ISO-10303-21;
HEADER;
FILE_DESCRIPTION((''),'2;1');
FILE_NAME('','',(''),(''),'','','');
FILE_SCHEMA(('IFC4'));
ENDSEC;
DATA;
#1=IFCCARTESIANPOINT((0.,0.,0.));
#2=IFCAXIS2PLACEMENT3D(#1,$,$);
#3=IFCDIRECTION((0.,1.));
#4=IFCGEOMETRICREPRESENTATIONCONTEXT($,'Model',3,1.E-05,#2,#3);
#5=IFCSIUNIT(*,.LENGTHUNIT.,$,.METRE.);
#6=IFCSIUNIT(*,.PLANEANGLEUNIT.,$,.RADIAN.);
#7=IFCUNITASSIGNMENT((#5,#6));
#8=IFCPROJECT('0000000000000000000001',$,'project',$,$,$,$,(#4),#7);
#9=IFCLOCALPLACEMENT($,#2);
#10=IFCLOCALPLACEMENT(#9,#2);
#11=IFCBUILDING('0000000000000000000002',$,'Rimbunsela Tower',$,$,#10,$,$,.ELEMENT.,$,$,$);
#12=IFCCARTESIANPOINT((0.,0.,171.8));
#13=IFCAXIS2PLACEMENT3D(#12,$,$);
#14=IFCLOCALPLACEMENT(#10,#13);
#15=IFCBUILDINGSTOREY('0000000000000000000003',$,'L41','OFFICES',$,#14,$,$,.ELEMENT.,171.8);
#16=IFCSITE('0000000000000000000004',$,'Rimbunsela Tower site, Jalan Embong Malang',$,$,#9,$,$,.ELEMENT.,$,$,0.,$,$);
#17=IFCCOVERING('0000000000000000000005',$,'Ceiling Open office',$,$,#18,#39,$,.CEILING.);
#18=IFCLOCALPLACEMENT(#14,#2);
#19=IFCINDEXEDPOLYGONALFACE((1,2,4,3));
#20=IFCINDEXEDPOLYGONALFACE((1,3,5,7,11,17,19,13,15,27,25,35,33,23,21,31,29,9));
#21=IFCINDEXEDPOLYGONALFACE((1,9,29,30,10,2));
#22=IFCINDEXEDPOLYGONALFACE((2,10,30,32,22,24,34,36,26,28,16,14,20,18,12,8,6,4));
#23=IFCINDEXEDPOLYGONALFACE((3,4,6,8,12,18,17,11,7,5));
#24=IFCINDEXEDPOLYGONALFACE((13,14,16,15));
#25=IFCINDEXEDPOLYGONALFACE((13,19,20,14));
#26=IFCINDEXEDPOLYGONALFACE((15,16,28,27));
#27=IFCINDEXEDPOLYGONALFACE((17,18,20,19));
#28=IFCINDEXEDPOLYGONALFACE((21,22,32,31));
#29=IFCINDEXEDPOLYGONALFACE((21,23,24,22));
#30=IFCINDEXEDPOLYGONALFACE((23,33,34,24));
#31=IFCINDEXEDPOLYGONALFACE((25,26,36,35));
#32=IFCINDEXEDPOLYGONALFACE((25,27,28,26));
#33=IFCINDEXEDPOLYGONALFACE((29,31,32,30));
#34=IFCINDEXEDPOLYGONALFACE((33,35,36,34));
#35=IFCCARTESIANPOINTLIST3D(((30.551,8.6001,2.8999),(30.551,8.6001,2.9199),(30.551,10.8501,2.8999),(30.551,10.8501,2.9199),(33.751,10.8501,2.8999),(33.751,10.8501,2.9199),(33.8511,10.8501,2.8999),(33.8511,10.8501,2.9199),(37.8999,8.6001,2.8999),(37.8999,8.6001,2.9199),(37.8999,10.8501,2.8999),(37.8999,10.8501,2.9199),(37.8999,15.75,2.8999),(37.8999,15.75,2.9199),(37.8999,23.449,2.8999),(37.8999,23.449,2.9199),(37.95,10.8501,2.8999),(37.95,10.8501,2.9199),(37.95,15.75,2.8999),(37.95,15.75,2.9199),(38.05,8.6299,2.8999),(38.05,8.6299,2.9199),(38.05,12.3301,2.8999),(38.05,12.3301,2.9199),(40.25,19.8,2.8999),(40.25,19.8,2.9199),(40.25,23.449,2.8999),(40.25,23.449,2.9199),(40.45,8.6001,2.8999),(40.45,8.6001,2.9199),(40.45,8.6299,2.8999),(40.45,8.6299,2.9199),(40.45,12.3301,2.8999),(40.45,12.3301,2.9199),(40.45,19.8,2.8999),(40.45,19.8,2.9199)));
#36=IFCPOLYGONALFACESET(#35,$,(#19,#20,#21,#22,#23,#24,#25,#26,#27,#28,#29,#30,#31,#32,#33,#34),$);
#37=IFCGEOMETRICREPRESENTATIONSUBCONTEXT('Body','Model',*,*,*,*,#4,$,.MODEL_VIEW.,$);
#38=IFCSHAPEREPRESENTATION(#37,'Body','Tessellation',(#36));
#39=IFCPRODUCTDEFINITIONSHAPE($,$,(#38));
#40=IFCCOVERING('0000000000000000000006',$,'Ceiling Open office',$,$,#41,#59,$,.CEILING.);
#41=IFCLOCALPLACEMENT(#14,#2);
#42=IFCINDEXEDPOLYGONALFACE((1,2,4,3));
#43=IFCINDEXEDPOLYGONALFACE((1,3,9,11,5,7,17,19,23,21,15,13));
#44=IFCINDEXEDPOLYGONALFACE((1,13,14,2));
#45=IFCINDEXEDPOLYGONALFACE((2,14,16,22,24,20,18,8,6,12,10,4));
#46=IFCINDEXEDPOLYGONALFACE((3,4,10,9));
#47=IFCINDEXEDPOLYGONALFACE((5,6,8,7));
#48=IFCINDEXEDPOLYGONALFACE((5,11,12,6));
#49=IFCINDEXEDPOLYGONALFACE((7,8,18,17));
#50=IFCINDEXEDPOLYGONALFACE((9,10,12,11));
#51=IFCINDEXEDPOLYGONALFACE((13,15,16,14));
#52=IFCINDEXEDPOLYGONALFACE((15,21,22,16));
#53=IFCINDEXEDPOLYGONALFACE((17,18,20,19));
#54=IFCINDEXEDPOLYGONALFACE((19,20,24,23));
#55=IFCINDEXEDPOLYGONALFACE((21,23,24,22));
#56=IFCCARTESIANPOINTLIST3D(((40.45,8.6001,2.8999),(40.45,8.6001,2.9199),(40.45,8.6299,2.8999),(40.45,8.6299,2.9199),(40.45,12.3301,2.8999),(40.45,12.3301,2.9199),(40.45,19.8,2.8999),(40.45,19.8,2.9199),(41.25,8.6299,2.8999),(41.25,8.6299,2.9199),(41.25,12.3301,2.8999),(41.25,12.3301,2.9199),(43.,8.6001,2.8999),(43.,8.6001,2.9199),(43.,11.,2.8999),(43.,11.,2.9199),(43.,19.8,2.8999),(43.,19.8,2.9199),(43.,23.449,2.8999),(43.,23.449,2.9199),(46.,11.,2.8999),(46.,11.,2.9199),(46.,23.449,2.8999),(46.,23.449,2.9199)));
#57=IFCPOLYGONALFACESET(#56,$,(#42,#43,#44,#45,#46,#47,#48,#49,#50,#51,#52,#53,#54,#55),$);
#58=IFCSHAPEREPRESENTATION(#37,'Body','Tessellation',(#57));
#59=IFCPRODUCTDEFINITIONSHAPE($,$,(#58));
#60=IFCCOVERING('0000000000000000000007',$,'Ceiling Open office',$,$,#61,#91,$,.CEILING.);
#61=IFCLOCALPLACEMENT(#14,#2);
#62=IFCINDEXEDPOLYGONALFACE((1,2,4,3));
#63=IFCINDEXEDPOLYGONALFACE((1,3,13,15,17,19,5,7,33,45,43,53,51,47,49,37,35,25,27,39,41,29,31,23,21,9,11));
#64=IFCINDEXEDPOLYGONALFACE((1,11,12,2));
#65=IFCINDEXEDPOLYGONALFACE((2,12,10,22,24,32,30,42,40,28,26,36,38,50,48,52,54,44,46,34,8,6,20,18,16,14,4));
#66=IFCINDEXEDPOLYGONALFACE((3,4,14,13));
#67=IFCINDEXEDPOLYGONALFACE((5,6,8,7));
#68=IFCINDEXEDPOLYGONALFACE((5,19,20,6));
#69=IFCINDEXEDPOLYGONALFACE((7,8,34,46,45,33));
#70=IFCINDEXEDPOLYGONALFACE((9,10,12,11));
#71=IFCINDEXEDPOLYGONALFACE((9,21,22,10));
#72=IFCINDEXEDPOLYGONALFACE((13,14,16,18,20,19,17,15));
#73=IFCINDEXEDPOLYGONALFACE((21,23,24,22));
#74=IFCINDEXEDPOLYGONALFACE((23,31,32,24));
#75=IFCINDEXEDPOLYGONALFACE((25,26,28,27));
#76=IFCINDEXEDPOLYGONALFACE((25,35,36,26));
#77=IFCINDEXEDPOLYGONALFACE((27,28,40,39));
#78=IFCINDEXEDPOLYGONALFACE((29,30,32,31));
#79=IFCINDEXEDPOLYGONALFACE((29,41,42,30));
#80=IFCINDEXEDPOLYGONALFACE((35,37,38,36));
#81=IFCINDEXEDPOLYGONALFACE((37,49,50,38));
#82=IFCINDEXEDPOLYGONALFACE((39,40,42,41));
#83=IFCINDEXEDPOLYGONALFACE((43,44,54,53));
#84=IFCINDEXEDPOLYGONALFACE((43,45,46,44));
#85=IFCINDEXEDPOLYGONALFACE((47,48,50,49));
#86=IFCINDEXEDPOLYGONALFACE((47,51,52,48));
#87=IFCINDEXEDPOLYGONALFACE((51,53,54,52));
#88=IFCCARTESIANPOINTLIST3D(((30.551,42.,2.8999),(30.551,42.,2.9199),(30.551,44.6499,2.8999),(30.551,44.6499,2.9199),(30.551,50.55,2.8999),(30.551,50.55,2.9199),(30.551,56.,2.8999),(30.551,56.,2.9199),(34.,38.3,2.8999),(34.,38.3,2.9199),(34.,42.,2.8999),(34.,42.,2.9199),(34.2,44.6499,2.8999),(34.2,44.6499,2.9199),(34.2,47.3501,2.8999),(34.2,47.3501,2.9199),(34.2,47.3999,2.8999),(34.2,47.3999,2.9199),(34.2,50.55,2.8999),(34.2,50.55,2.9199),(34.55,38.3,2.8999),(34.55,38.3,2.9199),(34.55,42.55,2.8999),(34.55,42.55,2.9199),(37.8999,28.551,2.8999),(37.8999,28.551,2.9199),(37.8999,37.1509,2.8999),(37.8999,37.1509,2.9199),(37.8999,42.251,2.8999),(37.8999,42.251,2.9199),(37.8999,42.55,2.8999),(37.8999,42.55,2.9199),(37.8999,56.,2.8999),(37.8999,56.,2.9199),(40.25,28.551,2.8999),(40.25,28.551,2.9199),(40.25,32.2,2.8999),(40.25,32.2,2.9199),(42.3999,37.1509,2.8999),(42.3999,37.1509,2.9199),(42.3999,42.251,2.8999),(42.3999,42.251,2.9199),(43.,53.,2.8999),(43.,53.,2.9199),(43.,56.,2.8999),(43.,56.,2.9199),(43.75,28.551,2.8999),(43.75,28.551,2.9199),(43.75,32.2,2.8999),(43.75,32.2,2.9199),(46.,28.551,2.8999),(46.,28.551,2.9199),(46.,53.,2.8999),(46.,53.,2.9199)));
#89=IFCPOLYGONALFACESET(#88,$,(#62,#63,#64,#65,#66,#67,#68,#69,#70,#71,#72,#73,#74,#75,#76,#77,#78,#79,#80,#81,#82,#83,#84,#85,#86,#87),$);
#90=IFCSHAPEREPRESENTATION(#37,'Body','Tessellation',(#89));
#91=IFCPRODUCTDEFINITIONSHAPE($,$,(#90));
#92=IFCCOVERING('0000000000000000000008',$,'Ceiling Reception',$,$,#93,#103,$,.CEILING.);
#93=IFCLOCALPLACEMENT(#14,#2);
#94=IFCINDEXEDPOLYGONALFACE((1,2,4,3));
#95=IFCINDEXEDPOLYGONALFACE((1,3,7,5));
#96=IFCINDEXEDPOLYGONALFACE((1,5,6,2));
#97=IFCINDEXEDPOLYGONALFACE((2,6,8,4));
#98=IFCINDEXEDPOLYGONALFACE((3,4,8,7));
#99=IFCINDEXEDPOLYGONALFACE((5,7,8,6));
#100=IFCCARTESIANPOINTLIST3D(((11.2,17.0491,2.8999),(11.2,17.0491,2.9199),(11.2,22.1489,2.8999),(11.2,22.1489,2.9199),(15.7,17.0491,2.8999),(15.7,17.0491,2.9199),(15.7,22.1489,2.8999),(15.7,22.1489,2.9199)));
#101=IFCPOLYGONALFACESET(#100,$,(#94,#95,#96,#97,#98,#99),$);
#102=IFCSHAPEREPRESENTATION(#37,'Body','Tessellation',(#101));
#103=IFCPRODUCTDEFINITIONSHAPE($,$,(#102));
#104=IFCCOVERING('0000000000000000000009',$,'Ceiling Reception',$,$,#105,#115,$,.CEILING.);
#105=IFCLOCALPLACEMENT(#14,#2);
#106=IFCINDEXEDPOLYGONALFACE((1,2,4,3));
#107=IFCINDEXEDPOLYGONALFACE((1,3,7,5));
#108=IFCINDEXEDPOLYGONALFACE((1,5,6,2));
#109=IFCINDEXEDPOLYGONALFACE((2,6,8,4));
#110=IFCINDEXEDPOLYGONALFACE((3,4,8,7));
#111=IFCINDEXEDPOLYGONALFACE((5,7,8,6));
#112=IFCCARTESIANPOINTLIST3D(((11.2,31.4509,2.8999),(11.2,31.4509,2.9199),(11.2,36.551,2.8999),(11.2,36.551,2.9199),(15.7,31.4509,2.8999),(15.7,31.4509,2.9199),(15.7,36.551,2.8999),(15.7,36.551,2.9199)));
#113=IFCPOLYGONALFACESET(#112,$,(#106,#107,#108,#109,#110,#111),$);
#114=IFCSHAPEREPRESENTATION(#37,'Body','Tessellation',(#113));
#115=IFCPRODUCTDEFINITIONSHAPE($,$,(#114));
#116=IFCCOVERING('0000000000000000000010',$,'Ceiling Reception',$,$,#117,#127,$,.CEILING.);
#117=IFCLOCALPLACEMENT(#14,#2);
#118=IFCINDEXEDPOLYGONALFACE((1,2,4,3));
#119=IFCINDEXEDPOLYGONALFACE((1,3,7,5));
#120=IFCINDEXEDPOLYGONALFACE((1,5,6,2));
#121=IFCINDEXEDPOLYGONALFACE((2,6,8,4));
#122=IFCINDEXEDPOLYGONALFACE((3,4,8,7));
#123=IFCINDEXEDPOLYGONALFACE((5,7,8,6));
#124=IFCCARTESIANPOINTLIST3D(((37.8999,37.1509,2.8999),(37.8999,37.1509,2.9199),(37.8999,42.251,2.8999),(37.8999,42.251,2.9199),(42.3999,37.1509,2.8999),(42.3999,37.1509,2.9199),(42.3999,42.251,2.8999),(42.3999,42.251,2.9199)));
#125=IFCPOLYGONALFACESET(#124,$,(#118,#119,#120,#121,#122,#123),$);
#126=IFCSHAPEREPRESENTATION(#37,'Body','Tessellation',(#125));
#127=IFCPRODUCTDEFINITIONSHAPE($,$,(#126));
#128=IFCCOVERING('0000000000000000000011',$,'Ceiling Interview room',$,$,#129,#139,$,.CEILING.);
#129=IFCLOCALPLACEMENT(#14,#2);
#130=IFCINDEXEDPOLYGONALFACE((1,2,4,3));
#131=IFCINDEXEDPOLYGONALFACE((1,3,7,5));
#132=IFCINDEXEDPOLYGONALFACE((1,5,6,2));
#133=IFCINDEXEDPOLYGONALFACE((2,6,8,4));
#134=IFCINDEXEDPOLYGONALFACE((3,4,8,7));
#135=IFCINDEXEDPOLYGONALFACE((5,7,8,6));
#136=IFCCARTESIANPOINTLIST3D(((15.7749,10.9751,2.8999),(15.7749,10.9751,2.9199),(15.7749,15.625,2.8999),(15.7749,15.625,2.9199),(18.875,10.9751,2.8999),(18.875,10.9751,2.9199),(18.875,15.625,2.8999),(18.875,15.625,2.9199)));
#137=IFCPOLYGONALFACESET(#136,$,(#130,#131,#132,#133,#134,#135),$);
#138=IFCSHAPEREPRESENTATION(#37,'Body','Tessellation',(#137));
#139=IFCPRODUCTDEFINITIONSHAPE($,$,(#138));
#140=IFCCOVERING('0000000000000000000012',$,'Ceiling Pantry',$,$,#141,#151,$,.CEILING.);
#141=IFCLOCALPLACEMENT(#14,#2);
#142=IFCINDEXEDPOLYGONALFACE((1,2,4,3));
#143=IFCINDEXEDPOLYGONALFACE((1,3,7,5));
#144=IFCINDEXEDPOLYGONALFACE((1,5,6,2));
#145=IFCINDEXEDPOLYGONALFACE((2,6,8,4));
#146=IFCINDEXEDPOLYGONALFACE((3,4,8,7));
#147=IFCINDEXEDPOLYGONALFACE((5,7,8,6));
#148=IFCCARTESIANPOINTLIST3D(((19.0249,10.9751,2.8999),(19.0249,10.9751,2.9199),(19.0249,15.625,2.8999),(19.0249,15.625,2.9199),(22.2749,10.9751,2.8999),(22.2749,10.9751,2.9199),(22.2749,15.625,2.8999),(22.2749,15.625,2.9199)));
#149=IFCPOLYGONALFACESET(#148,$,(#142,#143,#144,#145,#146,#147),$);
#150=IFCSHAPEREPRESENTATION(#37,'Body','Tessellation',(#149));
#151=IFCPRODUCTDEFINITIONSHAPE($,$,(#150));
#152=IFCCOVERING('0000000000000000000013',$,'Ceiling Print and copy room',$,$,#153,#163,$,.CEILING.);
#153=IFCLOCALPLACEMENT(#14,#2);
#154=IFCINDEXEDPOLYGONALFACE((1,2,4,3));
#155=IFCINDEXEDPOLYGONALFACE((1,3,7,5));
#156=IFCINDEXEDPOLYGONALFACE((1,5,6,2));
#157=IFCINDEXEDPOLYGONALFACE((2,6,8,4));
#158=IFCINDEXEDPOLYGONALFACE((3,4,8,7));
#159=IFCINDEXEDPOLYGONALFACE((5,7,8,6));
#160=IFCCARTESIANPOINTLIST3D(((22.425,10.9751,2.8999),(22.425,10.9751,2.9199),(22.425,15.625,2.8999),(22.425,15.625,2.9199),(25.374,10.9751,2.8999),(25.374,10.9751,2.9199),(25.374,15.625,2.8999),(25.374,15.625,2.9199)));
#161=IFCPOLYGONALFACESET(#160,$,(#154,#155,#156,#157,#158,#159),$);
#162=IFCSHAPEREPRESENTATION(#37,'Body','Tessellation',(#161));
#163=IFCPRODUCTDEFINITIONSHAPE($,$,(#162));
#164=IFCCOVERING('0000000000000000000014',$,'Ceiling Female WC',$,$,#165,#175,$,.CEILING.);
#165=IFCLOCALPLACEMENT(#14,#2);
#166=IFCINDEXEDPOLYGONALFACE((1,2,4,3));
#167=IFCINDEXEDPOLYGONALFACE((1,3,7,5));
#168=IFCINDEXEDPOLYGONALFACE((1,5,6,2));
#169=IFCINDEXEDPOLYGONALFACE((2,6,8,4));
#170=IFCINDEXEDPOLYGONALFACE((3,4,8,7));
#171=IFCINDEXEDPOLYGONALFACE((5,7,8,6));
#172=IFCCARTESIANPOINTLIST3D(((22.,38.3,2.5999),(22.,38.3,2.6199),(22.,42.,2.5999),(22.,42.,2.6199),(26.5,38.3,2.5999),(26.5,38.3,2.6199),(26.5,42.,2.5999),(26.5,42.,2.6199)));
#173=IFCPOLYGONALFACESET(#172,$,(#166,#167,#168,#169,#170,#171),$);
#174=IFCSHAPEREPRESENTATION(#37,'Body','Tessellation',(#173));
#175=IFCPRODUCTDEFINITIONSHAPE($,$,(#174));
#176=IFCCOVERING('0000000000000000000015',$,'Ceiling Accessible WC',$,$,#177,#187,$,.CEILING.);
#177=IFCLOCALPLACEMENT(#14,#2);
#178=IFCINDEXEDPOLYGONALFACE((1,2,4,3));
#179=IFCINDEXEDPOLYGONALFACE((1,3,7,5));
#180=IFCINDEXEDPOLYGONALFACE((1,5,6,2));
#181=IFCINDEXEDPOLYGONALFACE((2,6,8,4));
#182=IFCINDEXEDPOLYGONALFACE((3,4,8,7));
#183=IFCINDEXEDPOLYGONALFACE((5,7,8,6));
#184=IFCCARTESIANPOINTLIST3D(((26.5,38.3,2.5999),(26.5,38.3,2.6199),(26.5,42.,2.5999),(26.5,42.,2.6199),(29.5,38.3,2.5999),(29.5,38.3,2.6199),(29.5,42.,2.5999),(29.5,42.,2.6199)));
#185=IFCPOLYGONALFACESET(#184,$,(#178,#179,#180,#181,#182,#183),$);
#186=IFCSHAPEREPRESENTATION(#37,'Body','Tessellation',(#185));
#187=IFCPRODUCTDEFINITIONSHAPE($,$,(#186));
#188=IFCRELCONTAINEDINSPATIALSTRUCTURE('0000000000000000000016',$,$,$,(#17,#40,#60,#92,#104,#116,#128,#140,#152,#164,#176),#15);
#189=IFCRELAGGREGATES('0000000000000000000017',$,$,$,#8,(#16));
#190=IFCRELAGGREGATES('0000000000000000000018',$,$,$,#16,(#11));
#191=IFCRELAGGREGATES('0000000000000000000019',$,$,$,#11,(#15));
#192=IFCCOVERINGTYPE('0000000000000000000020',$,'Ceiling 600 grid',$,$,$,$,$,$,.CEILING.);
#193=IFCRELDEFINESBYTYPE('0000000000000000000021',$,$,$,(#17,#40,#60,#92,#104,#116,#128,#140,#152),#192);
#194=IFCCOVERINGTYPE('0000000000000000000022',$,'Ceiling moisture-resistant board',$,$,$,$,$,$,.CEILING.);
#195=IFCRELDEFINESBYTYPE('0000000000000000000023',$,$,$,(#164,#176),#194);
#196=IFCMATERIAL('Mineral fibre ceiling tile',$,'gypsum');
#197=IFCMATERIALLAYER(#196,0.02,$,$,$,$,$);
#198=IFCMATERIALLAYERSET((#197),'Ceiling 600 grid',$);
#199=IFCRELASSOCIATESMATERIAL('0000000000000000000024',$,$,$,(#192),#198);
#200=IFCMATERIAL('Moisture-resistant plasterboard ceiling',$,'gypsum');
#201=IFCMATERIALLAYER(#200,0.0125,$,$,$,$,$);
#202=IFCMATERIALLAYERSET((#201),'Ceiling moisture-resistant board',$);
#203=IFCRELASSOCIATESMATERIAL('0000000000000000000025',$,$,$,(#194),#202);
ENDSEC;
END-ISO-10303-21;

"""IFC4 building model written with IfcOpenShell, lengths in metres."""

from ifc_helpers import new_model, si_unit, direction, frame, origin, place, context, subcontext, project, spatial, polyline, outline, extrude, material, layer, layer_set, type_object, element, save


model = new_model("IFC4")

# Units and contexts
model_context = context("Model", 3, precision=1e-05, world=origin(), true_north=direction((0.0, 1.0)))
body_context = subcontext(model_context, "Body", "Model", "MODEL_VIEW")
ifc_project = project(units=[si_unit("LENGTHUNIT", "METRE"), si_unit("PLANEANGLEUNIT", "RADIAN")], contexts=[model_context])

# Site, building, storey
site_placement = place(None, origin())
site = spatial("IfcSite", under=ifc_project, at=site_placement, Name="Rimbunsela Tower site, Jalan Embong Malang", CompositionType="ELEMENT", RefElevation=0.0)
building_placement = place(site_placement, origin())
building = spatial("IfcBuilding", under=site, at=building_placement, Name="Rimbunsela Tower", CompositionType="ELEMENT")
storey_placement = place(building_placement, frame((0.0, 0.0, 171.8)))
storey = spatial("IfcBuildingStorey", under=building, at=storey_placement, Name="L41", Description="OFFICES", CompositionType="ELEMENT", Elevation=171.8)

# Coverings
ifc_material_1 = material(Name="Mineral fibre ceiling tile", Category="gypsum")
ifc_layer_1 = layer(ifc_material_1, 0.02)
ifc_layer_set_1 = layer_set([ifc_layer_1], Name="Ceiling 600 grid")
covering_type_1 = type_object("IfcCoveringType", Name="Ceiling 600 grid", PredefinedType="CEILING", material=ifc_layer_set_1)
covering_1_placement = place(storey_placement, frame((0.0, 0.0, 2.8999)))
element("IfcCovering", 1, at=covering_1_placement, inside=storey, type_object=covering_type_1, Name="Ceiling Open office", PredefinedType="CEILING", context=body_context, shape_type="SweptSolid", body=[
    extrude(outline(polyline([(33.751, 10.8501), (33.8511, 10.8501), (37.8999, 10.8501), (37.95, 10.8501), (37.95, 15.75), (37.8999, 15.75), (37.8999, 23.449), (40.25, 23.449), (40.25, 19.8), (40.45, 19.8), (40.45, 12.3301), (38.05, 12.3301), (38.05, 8.6299), (40.45, 8.6299), (40.45, 8.6001), (37.8999, 8.6001), (30.551, 8.6001), (30.551, 10.8501), (33.751, 10.8501)])), origin(), (0.0, 0.0, 1.0), 0.02),
])
covering_2_placement = place(storey_placement, frame((0.0, 0.0, 2.8999)))
element("IfcCovering", 2, at=covering_2_placement, inside=storey, type_object=covering_type_1, Name="Ceiling Open office", PredefinedType="CEILING", context=body_context, shape_type="SweptSolid", body=[
    extrude(outline(polyline([(40.45, 19.8), (43.0, 19.8), (43.0, 23.449), (46.0, 23.449), (46.0, 11.0), (43.0, 11.0), (43.0, 8.6001), (40.45, 8.6001), (40.45, 8.6299), (41.25, 8.6299), (41.25, 12.3301), (40.45, 12.3301), (40.45, 19.8)])), origin(), (0.0, 0.0, 1.0), 0.02),
])
covering_3_placement = place(storey_placement, frame((0.0, 0.0, 2.8999)))
element("IfcCovering", 3, at=covering_3_placement, inside=storey, type_object=covering_type_1, Name="Ceiling Open office", PredefinedType="CEILING", context=body_context, shape_type="SweptSolid", body=[
    extrude(outline(polyline([(37.8999, 42.55), (34.55, 42.55), (34.55, 38.3), (34.0, 38.3), (34.0, 42.0), (30.551, 42.0), (30.551, 44.6499), (34.2, 44.6499), (34.2, 47.3501), (34.2, 47.3999), (34.2, 50.55), (30.551, 50.55), (30.551, 56.0), (37.8999, 56.0), (43.0, 56.0), (43.0, 53.0), (46.0, 53.0), (46.0, 28.551), (43.75, 28.551), (43.75, 32.2), (40.25, 32.2), (40.25, 28.551), (37.8999, 28.551), (37.8999, 37.1509), (42.3999, 37.1509), (42.3999, 42.251), (37.8999, 42.251), (37.8999, 42.55)])), origin(), (0.0, 0.0, 1.0), 0.02),
])
covering_4_placement = place(storey_placement, frame((0.0, 0.0, 2.8999)))
element("IfcCovering", 4, at=covering_4_placement, inside=storey, type_object=covering_type_1, Name="Ceiling Reception", PredefinedType="CEILING", context=body_context, shape_type="SweptSolid", body=[
    extrude(outline(polyline([(15.7, 17.0491), (15.7, 22.1489), (11.2, 22.1489), (11.2, 17.0491), (15.7, 17.0491)])), origin(), (0.0, 0.0, 1.0), 0.02),
])
covering_5_placement = place(storey_placement, frame((0.0, 0.0, 2.8999)))
element("IfcCovering", 5, at=covering_5_placement, inside=storey, type_object=covering_type_1, Name="Ceiling Reception", PredefinedType="CEILING", context=body_context, shape_type="SweptSolid", body=[
    extrude(outline(polyline([(15.7, 31.4509), (15.7, 36.551), (11.2, 36.551), (11.2, 31.4509), (15.7, 31.4509)])), origin(), (0.0, 0.0, 1.0), 0.02),
])
covering_6_placement = place(storey_placement, frame((0.0, 0.0, 2.8999)))
element("IfcCovering", 6, at=covering_6_placement, inside=storey, type_object=covering_type_1, Name="Ceiling Reception", PredefinedType="CEILING", context=body_context, shape_type="SweptSolid", body=[
    extrude(outline(polyline([(42.3999, 37.1509), (42.3999, 42.251), (37.8999, 42.251), (37.8999, 37.1509), (42.3999, 37.1509)])), origin(), (0.0, 0.0, 1.0), 0.02),
])
covering_7_placement = place(storey_placement, frame((0.0, 0.0, 2.8999)))
element("IfcCovering", 7, at=covering_7_placement, inside=storey, type_object=covering_type_1, Name="Ceiling Interview room", PredefinedType="CEILING", context=body_context, shape_type="SweptSolid", body=[
    extrude(outline(polyline([(18.875, 10.9751), (18.875, 15.625), (15.7749, 15.625), (15.7749, 10.9751), (18.875, 10.9751)])), origin(), (0.0, 0.0, 1.0), 0.02),
])
covering_8_placement = place(storey_placement, frame((0.0, 0.0, 2.8999)))
element("IfcCovering", 8, at=covering_8_placement, inside=storey, type_object=covering_type_1, Name="Ceiling Pantry", PredefinedType="CEILING", context=body_context, shape_type="SweptSolid", body=[
    extrude(outline(polyline([(22.2749, 10.9751), (22.2749, 15.625), (19.0249, 15.625), (19.0249, 10.9751), (22.2749, 10.9751)])), origin(), (0.0, 0.0, 1.0), 0.02),
])
covering_9_placement = place(storey_placement, frame((0.0, 0.0, 2.8999)))
element("IfcCovering", 9, at=covering_9_placement, inside=storey, type_object=covering_type_1, Name="Ceiling Print and copy room", PredefinedType="CEILING", context=body_context, shape_type="SweptSolid", body=[
    extrude(outline(polyline([(25.374, 10.9751), (25.374, 15.625), (22.425, 15.625), (22.425, 10.9751), (25.374, 10.9751)])), origin(), (0.0, 0.0, 1.0), 0.02),
])
ifc_material_2 = material(Name="Moisture-resistant plasterboard ceiling", Category="gypsum")
ifc_layer_2 = layer(ifc_material_2, 0.0125)
ifc_layer_set_2 = layer_set([ifc_layer_2], Name="Ceiling moisture-resistant board")
covering_type_2 = type_object("IfcCoveringType", Name="Ceiling moisture-resistant board", PredefinedType="CEILING", material=ifc_layer_set_2)
covering_10_placement = place(storey_placement, frame((0.0, 0.0, 2.5999)))
element("IfcCovering", 10, at=covering_10_placement, inside=storey, type_object=covering_type_2, Name="Ceiling Female WC", PredefinedType="CEILING", context=body_context, shape_type="SweptSolid", body=[
    extrude(outline(polyline([(26.5, 38.3), (26.5, 42.0), (22.0, 42.0), (22.0, 38.3), (26.5, 38.3)])), origin(), (0.0, 0.0, 1.0), 0.02),
])
covering_11_placement = place(storey_placement, frame((0.0, 0.0, 2.5999)))
element("IfcCovering", 11, at=covering_11_placement, inside=storey, type_object=covering_type_2, Name="Ceiling Accessible WC", PredefinedType="CEILING", context=body_context, shape_type="SweptSolid", body=[
    extrude(outline(polyline([(29.5, 38.3), (29.5, 42.0), (26.5, 42.0), (26.5, 38.3), (29.5, 38.3)])), origin(), (0.0, 0.0, 1.0), 0.02),
])

save(model, "model.ifc")
